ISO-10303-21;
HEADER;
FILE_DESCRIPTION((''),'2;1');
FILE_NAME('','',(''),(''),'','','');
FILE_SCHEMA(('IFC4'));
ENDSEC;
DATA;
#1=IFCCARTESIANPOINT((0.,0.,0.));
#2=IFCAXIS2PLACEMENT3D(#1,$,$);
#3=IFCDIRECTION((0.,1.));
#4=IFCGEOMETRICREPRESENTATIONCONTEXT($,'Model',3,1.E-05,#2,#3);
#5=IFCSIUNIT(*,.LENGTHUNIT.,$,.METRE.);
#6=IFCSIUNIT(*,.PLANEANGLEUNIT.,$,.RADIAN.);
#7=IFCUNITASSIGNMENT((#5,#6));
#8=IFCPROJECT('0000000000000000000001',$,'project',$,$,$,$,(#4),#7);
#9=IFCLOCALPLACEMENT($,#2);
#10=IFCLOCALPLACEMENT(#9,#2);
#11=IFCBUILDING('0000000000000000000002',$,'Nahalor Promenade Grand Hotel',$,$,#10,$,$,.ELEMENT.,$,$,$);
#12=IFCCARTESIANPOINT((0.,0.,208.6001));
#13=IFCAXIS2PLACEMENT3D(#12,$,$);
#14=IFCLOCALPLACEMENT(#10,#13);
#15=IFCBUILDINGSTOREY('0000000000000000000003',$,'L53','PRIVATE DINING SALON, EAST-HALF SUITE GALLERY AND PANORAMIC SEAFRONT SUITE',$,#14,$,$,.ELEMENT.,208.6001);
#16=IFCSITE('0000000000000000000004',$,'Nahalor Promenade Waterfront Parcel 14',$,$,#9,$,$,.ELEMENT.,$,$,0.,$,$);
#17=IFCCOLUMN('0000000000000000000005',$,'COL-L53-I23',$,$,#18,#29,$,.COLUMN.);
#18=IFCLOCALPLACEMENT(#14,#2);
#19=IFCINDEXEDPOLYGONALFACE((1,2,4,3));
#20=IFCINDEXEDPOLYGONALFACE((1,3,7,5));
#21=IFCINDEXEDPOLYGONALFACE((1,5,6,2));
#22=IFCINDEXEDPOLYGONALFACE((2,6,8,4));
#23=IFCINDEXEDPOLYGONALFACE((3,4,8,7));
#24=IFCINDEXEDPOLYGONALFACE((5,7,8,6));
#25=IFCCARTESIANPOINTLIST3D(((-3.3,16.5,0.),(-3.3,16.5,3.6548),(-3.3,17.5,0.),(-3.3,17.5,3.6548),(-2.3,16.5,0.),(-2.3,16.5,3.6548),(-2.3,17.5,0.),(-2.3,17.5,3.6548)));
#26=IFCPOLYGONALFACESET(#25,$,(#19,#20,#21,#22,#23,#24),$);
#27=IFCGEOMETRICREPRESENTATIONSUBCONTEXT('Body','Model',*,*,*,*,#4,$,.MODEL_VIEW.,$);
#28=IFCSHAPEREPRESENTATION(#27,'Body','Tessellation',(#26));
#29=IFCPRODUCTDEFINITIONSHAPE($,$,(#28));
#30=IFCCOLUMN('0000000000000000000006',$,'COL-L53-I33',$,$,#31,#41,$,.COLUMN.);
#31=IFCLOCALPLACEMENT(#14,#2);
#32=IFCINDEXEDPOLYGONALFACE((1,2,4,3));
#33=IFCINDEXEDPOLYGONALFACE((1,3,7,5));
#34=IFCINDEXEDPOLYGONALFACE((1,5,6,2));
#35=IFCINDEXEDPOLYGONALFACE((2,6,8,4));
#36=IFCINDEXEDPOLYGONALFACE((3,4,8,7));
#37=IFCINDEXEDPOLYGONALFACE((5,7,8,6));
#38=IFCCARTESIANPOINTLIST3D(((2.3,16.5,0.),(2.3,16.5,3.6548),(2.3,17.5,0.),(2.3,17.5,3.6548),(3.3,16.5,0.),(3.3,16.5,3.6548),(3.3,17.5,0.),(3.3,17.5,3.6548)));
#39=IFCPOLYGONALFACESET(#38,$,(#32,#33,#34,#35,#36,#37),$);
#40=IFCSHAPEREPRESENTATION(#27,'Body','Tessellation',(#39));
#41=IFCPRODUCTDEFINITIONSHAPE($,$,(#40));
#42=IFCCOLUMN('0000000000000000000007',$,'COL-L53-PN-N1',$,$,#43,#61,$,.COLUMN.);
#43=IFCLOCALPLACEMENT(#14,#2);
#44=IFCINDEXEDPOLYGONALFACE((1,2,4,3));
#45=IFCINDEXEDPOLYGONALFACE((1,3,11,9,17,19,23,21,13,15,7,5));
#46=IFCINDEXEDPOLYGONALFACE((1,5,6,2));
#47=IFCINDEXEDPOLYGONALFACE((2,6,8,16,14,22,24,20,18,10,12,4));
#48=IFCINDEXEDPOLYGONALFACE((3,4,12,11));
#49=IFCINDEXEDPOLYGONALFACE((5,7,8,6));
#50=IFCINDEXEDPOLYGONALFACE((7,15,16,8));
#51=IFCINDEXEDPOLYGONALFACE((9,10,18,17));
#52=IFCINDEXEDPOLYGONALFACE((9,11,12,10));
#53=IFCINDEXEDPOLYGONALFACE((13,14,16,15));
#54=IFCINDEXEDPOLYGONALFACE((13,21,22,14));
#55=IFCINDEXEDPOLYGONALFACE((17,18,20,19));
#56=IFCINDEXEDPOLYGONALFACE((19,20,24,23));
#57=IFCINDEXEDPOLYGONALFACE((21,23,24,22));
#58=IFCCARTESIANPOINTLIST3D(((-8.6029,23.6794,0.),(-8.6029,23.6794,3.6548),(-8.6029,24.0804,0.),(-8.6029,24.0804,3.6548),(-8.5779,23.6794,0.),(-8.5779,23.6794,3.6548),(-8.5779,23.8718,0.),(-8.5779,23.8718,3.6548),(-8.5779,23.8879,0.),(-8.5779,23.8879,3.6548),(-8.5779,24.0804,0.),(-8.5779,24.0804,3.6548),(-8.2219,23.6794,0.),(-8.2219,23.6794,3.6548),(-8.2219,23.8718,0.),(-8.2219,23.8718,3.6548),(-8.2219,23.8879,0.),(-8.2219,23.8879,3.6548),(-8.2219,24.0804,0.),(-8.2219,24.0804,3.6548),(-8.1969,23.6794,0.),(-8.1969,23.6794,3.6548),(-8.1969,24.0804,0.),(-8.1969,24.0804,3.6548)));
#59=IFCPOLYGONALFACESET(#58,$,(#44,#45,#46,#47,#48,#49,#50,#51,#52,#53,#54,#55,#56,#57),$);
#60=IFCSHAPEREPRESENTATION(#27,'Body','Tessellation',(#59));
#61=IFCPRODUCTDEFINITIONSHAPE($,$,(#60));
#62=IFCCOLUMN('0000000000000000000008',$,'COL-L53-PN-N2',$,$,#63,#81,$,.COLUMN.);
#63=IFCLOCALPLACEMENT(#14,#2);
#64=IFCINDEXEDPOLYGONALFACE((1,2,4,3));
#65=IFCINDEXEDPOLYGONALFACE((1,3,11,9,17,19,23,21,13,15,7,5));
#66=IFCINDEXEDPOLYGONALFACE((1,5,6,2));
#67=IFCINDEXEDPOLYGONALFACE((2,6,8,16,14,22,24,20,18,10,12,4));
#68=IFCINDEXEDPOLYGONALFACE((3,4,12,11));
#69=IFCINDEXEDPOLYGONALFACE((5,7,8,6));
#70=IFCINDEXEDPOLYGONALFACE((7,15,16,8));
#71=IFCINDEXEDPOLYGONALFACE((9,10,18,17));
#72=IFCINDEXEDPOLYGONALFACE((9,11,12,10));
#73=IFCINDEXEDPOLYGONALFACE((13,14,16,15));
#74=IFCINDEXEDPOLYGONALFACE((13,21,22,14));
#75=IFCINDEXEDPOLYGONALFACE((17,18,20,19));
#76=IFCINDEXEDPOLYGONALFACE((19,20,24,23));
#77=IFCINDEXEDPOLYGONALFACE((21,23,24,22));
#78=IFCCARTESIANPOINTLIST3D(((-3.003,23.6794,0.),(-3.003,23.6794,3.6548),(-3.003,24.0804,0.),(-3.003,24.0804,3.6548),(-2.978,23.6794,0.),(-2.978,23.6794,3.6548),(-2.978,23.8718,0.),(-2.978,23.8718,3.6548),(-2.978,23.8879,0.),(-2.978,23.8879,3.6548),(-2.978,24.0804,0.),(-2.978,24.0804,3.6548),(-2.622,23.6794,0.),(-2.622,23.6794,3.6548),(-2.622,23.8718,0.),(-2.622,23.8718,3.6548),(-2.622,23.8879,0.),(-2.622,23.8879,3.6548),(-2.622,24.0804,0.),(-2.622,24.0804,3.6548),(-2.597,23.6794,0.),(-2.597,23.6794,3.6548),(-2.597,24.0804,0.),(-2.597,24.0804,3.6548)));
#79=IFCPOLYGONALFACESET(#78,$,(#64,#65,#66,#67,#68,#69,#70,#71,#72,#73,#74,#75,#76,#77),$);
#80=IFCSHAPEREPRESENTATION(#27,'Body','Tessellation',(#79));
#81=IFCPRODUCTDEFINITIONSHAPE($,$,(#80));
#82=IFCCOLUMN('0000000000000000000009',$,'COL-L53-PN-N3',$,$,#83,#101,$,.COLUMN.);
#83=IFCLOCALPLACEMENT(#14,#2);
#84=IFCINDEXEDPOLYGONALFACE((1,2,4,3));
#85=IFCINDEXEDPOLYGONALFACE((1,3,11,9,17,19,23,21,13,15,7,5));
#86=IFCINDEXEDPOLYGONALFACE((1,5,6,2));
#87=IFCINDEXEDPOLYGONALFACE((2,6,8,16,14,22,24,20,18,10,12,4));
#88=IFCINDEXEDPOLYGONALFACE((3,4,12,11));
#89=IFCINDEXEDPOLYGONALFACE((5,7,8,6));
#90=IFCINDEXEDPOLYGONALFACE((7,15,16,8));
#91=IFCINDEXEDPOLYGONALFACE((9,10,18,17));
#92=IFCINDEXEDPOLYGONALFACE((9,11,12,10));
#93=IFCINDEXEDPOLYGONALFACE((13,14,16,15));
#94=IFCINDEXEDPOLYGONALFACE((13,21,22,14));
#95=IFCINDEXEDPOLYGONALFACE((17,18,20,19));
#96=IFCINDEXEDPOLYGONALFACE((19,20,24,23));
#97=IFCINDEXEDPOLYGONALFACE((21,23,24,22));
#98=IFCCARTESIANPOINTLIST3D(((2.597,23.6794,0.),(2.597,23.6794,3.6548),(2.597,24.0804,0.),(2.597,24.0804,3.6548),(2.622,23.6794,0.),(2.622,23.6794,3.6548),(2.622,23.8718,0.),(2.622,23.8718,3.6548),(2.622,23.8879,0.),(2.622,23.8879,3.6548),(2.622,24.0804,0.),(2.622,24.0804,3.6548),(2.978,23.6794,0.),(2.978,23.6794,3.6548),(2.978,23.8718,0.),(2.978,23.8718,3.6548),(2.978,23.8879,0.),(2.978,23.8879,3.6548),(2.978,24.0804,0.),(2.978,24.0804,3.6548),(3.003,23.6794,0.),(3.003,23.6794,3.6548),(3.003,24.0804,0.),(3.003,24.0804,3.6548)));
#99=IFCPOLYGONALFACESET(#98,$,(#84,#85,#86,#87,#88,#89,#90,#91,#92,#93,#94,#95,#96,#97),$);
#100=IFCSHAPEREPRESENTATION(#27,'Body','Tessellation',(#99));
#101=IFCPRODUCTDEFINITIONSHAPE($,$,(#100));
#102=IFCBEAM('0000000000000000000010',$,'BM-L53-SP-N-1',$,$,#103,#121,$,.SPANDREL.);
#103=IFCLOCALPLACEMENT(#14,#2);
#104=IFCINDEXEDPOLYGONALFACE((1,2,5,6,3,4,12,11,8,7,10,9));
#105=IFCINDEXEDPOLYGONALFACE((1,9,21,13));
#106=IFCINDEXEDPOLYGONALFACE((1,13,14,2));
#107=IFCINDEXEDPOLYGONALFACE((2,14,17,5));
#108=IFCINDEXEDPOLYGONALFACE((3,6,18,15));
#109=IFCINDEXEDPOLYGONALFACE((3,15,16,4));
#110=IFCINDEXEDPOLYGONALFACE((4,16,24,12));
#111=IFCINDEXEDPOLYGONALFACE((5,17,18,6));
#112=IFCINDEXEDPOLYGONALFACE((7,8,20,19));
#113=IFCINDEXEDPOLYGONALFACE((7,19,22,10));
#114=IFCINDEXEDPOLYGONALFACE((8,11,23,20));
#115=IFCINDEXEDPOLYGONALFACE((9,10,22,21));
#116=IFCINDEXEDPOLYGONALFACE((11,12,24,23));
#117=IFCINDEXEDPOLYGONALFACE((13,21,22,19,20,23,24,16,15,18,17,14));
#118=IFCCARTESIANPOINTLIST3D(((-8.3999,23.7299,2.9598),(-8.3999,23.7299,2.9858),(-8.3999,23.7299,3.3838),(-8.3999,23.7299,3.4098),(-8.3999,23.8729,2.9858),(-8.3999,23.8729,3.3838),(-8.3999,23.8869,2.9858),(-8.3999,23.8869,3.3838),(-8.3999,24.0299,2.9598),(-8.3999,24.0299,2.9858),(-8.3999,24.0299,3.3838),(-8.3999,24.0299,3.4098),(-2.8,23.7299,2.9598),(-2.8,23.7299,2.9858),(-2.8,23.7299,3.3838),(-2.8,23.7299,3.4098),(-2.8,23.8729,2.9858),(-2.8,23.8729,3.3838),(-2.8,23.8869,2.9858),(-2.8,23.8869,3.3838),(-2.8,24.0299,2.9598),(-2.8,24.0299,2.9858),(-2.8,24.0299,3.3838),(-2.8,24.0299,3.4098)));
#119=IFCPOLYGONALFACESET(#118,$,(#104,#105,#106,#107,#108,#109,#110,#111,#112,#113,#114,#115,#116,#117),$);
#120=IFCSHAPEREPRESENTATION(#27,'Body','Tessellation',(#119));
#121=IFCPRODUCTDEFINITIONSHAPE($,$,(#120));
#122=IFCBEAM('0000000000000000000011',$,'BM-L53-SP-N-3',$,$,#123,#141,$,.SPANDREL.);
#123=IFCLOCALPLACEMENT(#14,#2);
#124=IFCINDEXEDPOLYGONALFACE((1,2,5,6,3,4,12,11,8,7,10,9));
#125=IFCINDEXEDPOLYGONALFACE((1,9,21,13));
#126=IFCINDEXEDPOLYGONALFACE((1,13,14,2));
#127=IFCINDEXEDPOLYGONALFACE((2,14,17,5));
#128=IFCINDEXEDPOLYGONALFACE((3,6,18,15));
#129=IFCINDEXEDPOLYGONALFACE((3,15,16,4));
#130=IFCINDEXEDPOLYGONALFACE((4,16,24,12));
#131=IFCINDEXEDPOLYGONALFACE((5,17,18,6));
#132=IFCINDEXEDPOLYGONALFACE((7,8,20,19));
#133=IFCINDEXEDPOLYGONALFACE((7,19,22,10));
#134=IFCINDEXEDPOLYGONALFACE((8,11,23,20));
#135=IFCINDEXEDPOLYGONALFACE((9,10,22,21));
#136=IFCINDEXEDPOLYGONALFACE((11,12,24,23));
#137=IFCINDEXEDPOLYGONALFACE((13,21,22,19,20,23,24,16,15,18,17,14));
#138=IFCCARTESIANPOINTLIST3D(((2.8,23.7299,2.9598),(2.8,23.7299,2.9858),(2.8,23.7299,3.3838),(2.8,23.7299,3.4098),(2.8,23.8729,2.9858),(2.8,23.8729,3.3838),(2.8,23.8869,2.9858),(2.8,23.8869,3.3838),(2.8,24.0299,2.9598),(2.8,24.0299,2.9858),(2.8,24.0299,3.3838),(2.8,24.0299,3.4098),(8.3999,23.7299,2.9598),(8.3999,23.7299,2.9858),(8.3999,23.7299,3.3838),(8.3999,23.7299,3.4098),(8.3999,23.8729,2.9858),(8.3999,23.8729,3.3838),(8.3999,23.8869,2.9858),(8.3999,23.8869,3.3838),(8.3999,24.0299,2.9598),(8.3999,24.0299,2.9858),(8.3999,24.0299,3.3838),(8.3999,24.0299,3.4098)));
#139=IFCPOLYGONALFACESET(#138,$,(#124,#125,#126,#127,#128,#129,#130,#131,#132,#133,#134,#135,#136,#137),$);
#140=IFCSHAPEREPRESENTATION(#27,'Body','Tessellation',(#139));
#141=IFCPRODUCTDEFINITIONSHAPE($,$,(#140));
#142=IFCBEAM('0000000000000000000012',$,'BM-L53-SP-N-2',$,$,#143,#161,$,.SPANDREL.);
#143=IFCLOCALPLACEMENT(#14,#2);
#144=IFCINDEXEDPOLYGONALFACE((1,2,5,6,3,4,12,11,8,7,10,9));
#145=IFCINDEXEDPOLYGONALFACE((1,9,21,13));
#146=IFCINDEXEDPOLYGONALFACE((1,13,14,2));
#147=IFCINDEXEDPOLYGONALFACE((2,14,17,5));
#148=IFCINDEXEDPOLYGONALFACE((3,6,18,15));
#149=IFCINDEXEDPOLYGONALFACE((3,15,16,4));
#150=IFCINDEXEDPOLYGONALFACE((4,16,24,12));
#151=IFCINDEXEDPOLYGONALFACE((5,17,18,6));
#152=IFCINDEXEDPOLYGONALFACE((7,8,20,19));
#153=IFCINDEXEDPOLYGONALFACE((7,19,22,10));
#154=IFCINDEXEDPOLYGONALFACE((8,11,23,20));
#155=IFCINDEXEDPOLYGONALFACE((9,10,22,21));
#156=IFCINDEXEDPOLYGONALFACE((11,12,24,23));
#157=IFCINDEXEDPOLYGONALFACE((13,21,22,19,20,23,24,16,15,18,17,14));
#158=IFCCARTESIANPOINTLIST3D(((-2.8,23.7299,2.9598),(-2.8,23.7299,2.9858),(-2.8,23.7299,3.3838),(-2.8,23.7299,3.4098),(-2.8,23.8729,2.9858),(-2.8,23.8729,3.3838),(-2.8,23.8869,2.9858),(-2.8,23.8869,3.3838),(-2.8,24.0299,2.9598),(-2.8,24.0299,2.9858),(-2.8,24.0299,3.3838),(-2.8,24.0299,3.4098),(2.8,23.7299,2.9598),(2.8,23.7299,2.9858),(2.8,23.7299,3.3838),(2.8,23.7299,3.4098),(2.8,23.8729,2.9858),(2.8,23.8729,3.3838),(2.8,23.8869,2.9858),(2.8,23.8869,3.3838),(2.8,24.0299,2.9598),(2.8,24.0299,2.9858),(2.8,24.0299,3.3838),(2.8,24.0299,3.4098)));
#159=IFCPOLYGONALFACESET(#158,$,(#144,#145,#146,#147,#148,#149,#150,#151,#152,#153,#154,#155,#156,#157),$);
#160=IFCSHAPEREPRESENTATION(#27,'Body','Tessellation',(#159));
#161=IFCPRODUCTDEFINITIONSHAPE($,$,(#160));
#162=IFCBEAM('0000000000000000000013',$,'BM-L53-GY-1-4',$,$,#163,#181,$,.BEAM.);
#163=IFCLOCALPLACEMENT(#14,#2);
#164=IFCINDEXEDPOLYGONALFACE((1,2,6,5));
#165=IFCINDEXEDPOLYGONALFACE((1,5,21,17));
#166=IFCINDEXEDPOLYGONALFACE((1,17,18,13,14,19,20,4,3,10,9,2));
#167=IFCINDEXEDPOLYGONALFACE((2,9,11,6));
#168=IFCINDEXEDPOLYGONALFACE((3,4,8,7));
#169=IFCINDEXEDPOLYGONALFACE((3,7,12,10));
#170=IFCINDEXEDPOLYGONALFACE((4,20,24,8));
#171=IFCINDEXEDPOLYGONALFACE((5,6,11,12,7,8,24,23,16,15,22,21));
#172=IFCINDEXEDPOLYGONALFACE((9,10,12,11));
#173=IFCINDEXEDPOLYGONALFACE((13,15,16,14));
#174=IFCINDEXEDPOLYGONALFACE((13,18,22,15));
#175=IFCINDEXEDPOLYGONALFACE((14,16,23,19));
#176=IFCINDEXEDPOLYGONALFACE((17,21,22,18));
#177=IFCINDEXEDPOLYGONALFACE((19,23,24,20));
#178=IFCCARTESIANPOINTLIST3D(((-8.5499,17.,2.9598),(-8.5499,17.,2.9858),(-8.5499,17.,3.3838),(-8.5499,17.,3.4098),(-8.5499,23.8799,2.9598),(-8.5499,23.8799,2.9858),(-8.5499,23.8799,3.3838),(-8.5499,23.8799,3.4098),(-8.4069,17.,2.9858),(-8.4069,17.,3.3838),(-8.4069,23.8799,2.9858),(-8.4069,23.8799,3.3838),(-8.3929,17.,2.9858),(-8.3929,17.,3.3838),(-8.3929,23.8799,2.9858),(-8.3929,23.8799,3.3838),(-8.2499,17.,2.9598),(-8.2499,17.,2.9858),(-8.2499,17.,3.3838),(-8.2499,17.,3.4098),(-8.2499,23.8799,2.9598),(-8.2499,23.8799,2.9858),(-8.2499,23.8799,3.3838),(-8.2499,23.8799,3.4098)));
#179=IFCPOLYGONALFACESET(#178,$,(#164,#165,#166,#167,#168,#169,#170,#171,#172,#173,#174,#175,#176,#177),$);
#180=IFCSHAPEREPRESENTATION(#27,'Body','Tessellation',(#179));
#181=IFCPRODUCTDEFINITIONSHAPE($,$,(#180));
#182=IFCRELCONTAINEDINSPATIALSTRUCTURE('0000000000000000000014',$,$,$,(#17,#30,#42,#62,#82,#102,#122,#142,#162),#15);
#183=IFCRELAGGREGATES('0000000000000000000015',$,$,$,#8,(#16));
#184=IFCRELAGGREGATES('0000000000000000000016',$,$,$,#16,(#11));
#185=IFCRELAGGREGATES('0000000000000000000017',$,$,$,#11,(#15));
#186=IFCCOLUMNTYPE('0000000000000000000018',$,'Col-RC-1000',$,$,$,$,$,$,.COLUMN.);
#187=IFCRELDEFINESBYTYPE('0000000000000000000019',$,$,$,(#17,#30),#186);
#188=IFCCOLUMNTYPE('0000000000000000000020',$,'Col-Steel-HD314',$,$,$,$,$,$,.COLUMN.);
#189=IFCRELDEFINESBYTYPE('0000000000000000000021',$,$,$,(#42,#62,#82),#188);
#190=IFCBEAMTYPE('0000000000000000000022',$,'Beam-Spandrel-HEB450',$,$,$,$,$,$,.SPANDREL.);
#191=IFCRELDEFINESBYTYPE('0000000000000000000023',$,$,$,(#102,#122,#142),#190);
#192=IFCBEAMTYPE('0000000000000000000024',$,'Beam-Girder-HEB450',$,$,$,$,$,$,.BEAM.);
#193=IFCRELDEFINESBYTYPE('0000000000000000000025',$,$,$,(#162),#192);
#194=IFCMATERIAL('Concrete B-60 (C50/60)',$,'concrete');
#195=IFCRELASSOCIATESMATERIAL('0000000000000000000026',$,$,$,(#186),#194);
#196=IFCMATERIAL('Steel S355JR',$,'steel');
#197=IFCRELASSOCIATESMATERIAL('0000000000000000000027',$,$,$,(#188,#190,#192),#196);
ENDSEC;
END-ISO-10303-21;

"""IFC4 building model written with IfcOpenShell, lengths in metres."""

from ifc_helpers import new_model, si_unit, direction, frame, origin, origin_2d, place, context, subcontext, project, spatial, rectangle, i_section, extrude, source, transform, mapped, material, material_profile, profile_set, type_object, element, save


model = new_model("IFC4")

# Units and contexts
model_context = context("Model", 3, precision=1e-05, world=origin(), true_north=direction((0.0, 1.0)))
body_context = subcontext(model_context, "Body", "Model", "MODEL_VIEW")
ifc_project = project(units=[si_unit("LENGTHUNIT", "METRE"), si_unit("PLANEANGLEUNIT", "RADIAN")], contexts=[model_context])

# Site, building, storey
site_placement = place(None, origin())
site = spatial("IfcSite", under=ifc_project, at=site_placement, Name="Nahalor Promenade Waterfront Parcel 14", CompositionType="ELEMENT", RefElevation=0.0)
building_placement = place(site_placement, origin())
building = spatial("IfcBuilding", under=site, at=building_placement, Name="Nahalor Promenade Grand Hotel", CompositionType="ELEMENT")
storey_placement = place(building_placement, frame((0.0, 0.0, 208.6001)))
storey = spatial("IfcBuildingStorey", under=building, at=storey_placement, Name="L53", Description="PRIVATE DINING SALON, EAST-HALF SUITE GALLERY AND PANORAMIC SEAFRONT SUITE", CompositionType="ELEMENT", Elevation=208.6001)

# Columns
ifc_material_1 = material(Name="Concrete B-60 (C50/60)", Category="concrete")
ifc_material_profile_1 = material_profile(ifc_material_1, rectangle(XDim=1.0, YDim=1.0, at=origin_2d()), Name="RC 1000x1000")
ifc_profile_set_1 = profile_set([ifc_material_profile_1], Name="Concrete B-60 (C50/60)")
column_type_1 = type_object("IfcColumnType", Name="Col-RC-1000", PredefinedType="COLUMN", material=ifc_profile_set_1)
shared_shape_1 = source(origin(), body_context, "Body", "SweptSolid", [
    extrude(rectangle(XDim=1.0, YDim=1.0, at=origin_2d()), origin(), (0.0, 0.0, 1.0), 3.6548),
])
for number, where, z_axis, x_axis, name in (
    (1, (-2.8, 17.0, 0.0), (0.0, 0.0, 1.0), (1.0, 0.0, 0.0), "COL-L53-I23"),
    (2, (2.8, 17.0, 0.0), (0.0, 0.0, 1.0), (1.0, 0.0, 0.0), "COL-L53-I33"),
):
    element("IfcColumn", number, at=place(storey_placement, frame(where, z_axis=z_axis, x_axis=x_axis)), inside=storey, type_object=column_type_1, Name=name, PredefinedType="COLUMN", context=body_context, shape_type="MappedRepresentation", body=[
        mapped(shared_shape_1, transform((0.0, 0.0, 0.0), scale=1.0)),
    ])
ifc_material_2 = material(Name="Steel S355JR", Category="steel")
ifc_material_profile_2 = material_profile(ifc_material_2, i_section(OverallWidth=0.401, OverallDepth=0.406, WebThickness=0.0161, FlangeThickness=0.025, at=origin_2d()), Name="HD 400x314")
ifc_profile_set_2 = profile_set([ifc_material_profile_2], Name="Steel S355JR")
column_type_2 = type_object("IfcColumnType", Name="Col-Steel-HD314", PredefinedType="COLUMN", material=ifc_profile_set_2)
shared_shape_2 = source(origin(), body_context, "Body", "SweptSolid", [
    extrude(i_section(OverallWidth=0.401, OverallDepth=0.406, WebThickness=0.0161, FlangeThickness=0.025, at=origin_2d()), origin(), (0.0, 0.0, 1.0), 3.6548),
])
for number, where, z_axis, x_axis, name in (
    (3, (-8.3999, 23.8799, 0.0), (0.0, 0.0, 1.0), (0.0, 1.0, 0.0), "COL-L53-PN-N1"),
    (4, (-2.8, 23.8799, 0.0), (0.0, 0.0, 1.0), (0.0, 1.0, 0.0), "COL-L53-PN-N2"),
    (5, (2.8, 23.8799, 0.0), (0.0, 0.0, 1.0), (0.0, 1.0, 0.0), "COL-L53-PN-N3"),
):
    element("IfcColumn", number, at=place(storey_placement, frame(where, z_axis=z_axis, x_axis=x_axis)), inside=storey, type_object=column_type_2, Name=name, PredefinedType="COLUMN", context=body_context, shape_type="MappedRepresentation", body=[
        mapped(shared_shape_2, transform((0.0, 0.0, 0.0), scale=1.0)),
    ])

# Beams
ifc_material_profile_3 = material_profile(ifc_material_2, i_section(OverallWidth=0.3, OverallDepth=0.45, WebThickness=0.014, FlangeThickness=0.026, at=origin_2d()), Name="HEB 450")
ifc_profile_set_3 = profile_set([ifc_material_profile_3], Name="Steel S355JR")
beam_type_1 = type_object("IfcBeamType", Name="Beam-Spandrel-HEB450", PredefinedType="SPANDREL", material=ifc_profile_set_3)
shared_shape_3 = source(origin(), body_context, "Body", "SweptSolid", [
    extrude(i_section(OverallWidth=0.3, OverallDepth=0.45, WebThickness=0.014, FlangeThickness=0.026, at=origin_2d()), origin(), (0.0, 0.0, 1.0), 5.5999),
])
for number, where, z_axis, x_axis, name in (
    (6, (-8.3999, 23.8799, 3.1848), (1.0, 0.0, 0.0), (0.0, 1.0, 0.0), "BM-L53-SP-N-1"),
    (7, (2.8, 23.8799, 3.1848), (1.0, 0.0, 0.0), (0.0, 1.0, 0.0), "BM-L53-SP-N-3"),
):
    element("IfcBeam", number, at=place(storey_placement, frame(where, z_axis=z_axis, x_axis=x_axis)), inside=storey, type_object=beam_type_1, Name=name, PredefinedType="SPANDREL", context=body_context, shape_type="MappedRepresentation", body=[
        mapped(shared_shape_3, transform((0.0, 0.0, 0.0), scale=1.0)),
    ])
shared_shape_4 = source(origin(), body_context, "Body", "SweptSolid", [
    extrude(i_section(OverallWidth=0.3, OverallDepth=0.45, WebThickness=0.014, FlangeThickness=0.026, at=origin_2d()), origin(), (0.0, 0.0, 1.0), 5.6001),
])
beam_1_placement = place(storey_placement, frame((-2.8, 23.8799, 3.1848), z_axis=(1.0, 0.0, 0.0), x_axis=(0.0, 1.0, 0.0)))
element("IfcBeam", 8, at=beam_1_placement, inside=storey, type_object=beam_type_1, Name="BM-L53-SP-N-2", PredefinedType="SPANDREL", context=body_context, shape_type="MappedRepresentation", body=[
    mapped(shared_shape_4, transform((0.0, 0.0, 0.0), scale=1.0)),
])
ifc_material_profile_4 = material_profile(ifc_material_2, i_section(OverallWidth=0.3, OverallDepth=0.45, WebThickness=0.014, FlangeThickness=0.026, at=origin_2d()), Name="HEB 450")
ifc_profile_set_4 = profile_set([ifc_material_profile_4], Name="Steel S355JR")
beam_type_2 = type_object("IfcBeamType", Name="Beam-Girder-HEB450", PredefinedType="BEAM", material=ifc_profile_set_4)
shared_shape_5 = source(origin(), body_context, "Body", "SweptSolid", [
    extrude(i_section(OverallWidth=0.3, OverallDepth=0.45, WebThickness=0.014, FlangeThickness=0.026, at=origin_2d()), origin(), (0.0, 0.0, 1.0), 6.8799),
])
for number, where, z_axis, x_axis, name in (
    (9, (-8.3999, 17.0, 3.1848), (0.0, 1.0, 0.0), (-1.0, 0.0, 0.0), "BM-L53-GY-1-4"),
):
    element("IfcBeam", number, at=place(storey_placement, frame(where, z_axis=z_axis, x_axis=x_axis)), inside=storey, type_object=beam_type_2, Name=name, PredefinedType="BEAM", context=body_context, shape_type="MappedRepresentation", body=[
        mapped(shared_shape_5, transform((0.0, 0.0, 0.0), scale=1.0)),
    ])

save(model, "model.ifc")
